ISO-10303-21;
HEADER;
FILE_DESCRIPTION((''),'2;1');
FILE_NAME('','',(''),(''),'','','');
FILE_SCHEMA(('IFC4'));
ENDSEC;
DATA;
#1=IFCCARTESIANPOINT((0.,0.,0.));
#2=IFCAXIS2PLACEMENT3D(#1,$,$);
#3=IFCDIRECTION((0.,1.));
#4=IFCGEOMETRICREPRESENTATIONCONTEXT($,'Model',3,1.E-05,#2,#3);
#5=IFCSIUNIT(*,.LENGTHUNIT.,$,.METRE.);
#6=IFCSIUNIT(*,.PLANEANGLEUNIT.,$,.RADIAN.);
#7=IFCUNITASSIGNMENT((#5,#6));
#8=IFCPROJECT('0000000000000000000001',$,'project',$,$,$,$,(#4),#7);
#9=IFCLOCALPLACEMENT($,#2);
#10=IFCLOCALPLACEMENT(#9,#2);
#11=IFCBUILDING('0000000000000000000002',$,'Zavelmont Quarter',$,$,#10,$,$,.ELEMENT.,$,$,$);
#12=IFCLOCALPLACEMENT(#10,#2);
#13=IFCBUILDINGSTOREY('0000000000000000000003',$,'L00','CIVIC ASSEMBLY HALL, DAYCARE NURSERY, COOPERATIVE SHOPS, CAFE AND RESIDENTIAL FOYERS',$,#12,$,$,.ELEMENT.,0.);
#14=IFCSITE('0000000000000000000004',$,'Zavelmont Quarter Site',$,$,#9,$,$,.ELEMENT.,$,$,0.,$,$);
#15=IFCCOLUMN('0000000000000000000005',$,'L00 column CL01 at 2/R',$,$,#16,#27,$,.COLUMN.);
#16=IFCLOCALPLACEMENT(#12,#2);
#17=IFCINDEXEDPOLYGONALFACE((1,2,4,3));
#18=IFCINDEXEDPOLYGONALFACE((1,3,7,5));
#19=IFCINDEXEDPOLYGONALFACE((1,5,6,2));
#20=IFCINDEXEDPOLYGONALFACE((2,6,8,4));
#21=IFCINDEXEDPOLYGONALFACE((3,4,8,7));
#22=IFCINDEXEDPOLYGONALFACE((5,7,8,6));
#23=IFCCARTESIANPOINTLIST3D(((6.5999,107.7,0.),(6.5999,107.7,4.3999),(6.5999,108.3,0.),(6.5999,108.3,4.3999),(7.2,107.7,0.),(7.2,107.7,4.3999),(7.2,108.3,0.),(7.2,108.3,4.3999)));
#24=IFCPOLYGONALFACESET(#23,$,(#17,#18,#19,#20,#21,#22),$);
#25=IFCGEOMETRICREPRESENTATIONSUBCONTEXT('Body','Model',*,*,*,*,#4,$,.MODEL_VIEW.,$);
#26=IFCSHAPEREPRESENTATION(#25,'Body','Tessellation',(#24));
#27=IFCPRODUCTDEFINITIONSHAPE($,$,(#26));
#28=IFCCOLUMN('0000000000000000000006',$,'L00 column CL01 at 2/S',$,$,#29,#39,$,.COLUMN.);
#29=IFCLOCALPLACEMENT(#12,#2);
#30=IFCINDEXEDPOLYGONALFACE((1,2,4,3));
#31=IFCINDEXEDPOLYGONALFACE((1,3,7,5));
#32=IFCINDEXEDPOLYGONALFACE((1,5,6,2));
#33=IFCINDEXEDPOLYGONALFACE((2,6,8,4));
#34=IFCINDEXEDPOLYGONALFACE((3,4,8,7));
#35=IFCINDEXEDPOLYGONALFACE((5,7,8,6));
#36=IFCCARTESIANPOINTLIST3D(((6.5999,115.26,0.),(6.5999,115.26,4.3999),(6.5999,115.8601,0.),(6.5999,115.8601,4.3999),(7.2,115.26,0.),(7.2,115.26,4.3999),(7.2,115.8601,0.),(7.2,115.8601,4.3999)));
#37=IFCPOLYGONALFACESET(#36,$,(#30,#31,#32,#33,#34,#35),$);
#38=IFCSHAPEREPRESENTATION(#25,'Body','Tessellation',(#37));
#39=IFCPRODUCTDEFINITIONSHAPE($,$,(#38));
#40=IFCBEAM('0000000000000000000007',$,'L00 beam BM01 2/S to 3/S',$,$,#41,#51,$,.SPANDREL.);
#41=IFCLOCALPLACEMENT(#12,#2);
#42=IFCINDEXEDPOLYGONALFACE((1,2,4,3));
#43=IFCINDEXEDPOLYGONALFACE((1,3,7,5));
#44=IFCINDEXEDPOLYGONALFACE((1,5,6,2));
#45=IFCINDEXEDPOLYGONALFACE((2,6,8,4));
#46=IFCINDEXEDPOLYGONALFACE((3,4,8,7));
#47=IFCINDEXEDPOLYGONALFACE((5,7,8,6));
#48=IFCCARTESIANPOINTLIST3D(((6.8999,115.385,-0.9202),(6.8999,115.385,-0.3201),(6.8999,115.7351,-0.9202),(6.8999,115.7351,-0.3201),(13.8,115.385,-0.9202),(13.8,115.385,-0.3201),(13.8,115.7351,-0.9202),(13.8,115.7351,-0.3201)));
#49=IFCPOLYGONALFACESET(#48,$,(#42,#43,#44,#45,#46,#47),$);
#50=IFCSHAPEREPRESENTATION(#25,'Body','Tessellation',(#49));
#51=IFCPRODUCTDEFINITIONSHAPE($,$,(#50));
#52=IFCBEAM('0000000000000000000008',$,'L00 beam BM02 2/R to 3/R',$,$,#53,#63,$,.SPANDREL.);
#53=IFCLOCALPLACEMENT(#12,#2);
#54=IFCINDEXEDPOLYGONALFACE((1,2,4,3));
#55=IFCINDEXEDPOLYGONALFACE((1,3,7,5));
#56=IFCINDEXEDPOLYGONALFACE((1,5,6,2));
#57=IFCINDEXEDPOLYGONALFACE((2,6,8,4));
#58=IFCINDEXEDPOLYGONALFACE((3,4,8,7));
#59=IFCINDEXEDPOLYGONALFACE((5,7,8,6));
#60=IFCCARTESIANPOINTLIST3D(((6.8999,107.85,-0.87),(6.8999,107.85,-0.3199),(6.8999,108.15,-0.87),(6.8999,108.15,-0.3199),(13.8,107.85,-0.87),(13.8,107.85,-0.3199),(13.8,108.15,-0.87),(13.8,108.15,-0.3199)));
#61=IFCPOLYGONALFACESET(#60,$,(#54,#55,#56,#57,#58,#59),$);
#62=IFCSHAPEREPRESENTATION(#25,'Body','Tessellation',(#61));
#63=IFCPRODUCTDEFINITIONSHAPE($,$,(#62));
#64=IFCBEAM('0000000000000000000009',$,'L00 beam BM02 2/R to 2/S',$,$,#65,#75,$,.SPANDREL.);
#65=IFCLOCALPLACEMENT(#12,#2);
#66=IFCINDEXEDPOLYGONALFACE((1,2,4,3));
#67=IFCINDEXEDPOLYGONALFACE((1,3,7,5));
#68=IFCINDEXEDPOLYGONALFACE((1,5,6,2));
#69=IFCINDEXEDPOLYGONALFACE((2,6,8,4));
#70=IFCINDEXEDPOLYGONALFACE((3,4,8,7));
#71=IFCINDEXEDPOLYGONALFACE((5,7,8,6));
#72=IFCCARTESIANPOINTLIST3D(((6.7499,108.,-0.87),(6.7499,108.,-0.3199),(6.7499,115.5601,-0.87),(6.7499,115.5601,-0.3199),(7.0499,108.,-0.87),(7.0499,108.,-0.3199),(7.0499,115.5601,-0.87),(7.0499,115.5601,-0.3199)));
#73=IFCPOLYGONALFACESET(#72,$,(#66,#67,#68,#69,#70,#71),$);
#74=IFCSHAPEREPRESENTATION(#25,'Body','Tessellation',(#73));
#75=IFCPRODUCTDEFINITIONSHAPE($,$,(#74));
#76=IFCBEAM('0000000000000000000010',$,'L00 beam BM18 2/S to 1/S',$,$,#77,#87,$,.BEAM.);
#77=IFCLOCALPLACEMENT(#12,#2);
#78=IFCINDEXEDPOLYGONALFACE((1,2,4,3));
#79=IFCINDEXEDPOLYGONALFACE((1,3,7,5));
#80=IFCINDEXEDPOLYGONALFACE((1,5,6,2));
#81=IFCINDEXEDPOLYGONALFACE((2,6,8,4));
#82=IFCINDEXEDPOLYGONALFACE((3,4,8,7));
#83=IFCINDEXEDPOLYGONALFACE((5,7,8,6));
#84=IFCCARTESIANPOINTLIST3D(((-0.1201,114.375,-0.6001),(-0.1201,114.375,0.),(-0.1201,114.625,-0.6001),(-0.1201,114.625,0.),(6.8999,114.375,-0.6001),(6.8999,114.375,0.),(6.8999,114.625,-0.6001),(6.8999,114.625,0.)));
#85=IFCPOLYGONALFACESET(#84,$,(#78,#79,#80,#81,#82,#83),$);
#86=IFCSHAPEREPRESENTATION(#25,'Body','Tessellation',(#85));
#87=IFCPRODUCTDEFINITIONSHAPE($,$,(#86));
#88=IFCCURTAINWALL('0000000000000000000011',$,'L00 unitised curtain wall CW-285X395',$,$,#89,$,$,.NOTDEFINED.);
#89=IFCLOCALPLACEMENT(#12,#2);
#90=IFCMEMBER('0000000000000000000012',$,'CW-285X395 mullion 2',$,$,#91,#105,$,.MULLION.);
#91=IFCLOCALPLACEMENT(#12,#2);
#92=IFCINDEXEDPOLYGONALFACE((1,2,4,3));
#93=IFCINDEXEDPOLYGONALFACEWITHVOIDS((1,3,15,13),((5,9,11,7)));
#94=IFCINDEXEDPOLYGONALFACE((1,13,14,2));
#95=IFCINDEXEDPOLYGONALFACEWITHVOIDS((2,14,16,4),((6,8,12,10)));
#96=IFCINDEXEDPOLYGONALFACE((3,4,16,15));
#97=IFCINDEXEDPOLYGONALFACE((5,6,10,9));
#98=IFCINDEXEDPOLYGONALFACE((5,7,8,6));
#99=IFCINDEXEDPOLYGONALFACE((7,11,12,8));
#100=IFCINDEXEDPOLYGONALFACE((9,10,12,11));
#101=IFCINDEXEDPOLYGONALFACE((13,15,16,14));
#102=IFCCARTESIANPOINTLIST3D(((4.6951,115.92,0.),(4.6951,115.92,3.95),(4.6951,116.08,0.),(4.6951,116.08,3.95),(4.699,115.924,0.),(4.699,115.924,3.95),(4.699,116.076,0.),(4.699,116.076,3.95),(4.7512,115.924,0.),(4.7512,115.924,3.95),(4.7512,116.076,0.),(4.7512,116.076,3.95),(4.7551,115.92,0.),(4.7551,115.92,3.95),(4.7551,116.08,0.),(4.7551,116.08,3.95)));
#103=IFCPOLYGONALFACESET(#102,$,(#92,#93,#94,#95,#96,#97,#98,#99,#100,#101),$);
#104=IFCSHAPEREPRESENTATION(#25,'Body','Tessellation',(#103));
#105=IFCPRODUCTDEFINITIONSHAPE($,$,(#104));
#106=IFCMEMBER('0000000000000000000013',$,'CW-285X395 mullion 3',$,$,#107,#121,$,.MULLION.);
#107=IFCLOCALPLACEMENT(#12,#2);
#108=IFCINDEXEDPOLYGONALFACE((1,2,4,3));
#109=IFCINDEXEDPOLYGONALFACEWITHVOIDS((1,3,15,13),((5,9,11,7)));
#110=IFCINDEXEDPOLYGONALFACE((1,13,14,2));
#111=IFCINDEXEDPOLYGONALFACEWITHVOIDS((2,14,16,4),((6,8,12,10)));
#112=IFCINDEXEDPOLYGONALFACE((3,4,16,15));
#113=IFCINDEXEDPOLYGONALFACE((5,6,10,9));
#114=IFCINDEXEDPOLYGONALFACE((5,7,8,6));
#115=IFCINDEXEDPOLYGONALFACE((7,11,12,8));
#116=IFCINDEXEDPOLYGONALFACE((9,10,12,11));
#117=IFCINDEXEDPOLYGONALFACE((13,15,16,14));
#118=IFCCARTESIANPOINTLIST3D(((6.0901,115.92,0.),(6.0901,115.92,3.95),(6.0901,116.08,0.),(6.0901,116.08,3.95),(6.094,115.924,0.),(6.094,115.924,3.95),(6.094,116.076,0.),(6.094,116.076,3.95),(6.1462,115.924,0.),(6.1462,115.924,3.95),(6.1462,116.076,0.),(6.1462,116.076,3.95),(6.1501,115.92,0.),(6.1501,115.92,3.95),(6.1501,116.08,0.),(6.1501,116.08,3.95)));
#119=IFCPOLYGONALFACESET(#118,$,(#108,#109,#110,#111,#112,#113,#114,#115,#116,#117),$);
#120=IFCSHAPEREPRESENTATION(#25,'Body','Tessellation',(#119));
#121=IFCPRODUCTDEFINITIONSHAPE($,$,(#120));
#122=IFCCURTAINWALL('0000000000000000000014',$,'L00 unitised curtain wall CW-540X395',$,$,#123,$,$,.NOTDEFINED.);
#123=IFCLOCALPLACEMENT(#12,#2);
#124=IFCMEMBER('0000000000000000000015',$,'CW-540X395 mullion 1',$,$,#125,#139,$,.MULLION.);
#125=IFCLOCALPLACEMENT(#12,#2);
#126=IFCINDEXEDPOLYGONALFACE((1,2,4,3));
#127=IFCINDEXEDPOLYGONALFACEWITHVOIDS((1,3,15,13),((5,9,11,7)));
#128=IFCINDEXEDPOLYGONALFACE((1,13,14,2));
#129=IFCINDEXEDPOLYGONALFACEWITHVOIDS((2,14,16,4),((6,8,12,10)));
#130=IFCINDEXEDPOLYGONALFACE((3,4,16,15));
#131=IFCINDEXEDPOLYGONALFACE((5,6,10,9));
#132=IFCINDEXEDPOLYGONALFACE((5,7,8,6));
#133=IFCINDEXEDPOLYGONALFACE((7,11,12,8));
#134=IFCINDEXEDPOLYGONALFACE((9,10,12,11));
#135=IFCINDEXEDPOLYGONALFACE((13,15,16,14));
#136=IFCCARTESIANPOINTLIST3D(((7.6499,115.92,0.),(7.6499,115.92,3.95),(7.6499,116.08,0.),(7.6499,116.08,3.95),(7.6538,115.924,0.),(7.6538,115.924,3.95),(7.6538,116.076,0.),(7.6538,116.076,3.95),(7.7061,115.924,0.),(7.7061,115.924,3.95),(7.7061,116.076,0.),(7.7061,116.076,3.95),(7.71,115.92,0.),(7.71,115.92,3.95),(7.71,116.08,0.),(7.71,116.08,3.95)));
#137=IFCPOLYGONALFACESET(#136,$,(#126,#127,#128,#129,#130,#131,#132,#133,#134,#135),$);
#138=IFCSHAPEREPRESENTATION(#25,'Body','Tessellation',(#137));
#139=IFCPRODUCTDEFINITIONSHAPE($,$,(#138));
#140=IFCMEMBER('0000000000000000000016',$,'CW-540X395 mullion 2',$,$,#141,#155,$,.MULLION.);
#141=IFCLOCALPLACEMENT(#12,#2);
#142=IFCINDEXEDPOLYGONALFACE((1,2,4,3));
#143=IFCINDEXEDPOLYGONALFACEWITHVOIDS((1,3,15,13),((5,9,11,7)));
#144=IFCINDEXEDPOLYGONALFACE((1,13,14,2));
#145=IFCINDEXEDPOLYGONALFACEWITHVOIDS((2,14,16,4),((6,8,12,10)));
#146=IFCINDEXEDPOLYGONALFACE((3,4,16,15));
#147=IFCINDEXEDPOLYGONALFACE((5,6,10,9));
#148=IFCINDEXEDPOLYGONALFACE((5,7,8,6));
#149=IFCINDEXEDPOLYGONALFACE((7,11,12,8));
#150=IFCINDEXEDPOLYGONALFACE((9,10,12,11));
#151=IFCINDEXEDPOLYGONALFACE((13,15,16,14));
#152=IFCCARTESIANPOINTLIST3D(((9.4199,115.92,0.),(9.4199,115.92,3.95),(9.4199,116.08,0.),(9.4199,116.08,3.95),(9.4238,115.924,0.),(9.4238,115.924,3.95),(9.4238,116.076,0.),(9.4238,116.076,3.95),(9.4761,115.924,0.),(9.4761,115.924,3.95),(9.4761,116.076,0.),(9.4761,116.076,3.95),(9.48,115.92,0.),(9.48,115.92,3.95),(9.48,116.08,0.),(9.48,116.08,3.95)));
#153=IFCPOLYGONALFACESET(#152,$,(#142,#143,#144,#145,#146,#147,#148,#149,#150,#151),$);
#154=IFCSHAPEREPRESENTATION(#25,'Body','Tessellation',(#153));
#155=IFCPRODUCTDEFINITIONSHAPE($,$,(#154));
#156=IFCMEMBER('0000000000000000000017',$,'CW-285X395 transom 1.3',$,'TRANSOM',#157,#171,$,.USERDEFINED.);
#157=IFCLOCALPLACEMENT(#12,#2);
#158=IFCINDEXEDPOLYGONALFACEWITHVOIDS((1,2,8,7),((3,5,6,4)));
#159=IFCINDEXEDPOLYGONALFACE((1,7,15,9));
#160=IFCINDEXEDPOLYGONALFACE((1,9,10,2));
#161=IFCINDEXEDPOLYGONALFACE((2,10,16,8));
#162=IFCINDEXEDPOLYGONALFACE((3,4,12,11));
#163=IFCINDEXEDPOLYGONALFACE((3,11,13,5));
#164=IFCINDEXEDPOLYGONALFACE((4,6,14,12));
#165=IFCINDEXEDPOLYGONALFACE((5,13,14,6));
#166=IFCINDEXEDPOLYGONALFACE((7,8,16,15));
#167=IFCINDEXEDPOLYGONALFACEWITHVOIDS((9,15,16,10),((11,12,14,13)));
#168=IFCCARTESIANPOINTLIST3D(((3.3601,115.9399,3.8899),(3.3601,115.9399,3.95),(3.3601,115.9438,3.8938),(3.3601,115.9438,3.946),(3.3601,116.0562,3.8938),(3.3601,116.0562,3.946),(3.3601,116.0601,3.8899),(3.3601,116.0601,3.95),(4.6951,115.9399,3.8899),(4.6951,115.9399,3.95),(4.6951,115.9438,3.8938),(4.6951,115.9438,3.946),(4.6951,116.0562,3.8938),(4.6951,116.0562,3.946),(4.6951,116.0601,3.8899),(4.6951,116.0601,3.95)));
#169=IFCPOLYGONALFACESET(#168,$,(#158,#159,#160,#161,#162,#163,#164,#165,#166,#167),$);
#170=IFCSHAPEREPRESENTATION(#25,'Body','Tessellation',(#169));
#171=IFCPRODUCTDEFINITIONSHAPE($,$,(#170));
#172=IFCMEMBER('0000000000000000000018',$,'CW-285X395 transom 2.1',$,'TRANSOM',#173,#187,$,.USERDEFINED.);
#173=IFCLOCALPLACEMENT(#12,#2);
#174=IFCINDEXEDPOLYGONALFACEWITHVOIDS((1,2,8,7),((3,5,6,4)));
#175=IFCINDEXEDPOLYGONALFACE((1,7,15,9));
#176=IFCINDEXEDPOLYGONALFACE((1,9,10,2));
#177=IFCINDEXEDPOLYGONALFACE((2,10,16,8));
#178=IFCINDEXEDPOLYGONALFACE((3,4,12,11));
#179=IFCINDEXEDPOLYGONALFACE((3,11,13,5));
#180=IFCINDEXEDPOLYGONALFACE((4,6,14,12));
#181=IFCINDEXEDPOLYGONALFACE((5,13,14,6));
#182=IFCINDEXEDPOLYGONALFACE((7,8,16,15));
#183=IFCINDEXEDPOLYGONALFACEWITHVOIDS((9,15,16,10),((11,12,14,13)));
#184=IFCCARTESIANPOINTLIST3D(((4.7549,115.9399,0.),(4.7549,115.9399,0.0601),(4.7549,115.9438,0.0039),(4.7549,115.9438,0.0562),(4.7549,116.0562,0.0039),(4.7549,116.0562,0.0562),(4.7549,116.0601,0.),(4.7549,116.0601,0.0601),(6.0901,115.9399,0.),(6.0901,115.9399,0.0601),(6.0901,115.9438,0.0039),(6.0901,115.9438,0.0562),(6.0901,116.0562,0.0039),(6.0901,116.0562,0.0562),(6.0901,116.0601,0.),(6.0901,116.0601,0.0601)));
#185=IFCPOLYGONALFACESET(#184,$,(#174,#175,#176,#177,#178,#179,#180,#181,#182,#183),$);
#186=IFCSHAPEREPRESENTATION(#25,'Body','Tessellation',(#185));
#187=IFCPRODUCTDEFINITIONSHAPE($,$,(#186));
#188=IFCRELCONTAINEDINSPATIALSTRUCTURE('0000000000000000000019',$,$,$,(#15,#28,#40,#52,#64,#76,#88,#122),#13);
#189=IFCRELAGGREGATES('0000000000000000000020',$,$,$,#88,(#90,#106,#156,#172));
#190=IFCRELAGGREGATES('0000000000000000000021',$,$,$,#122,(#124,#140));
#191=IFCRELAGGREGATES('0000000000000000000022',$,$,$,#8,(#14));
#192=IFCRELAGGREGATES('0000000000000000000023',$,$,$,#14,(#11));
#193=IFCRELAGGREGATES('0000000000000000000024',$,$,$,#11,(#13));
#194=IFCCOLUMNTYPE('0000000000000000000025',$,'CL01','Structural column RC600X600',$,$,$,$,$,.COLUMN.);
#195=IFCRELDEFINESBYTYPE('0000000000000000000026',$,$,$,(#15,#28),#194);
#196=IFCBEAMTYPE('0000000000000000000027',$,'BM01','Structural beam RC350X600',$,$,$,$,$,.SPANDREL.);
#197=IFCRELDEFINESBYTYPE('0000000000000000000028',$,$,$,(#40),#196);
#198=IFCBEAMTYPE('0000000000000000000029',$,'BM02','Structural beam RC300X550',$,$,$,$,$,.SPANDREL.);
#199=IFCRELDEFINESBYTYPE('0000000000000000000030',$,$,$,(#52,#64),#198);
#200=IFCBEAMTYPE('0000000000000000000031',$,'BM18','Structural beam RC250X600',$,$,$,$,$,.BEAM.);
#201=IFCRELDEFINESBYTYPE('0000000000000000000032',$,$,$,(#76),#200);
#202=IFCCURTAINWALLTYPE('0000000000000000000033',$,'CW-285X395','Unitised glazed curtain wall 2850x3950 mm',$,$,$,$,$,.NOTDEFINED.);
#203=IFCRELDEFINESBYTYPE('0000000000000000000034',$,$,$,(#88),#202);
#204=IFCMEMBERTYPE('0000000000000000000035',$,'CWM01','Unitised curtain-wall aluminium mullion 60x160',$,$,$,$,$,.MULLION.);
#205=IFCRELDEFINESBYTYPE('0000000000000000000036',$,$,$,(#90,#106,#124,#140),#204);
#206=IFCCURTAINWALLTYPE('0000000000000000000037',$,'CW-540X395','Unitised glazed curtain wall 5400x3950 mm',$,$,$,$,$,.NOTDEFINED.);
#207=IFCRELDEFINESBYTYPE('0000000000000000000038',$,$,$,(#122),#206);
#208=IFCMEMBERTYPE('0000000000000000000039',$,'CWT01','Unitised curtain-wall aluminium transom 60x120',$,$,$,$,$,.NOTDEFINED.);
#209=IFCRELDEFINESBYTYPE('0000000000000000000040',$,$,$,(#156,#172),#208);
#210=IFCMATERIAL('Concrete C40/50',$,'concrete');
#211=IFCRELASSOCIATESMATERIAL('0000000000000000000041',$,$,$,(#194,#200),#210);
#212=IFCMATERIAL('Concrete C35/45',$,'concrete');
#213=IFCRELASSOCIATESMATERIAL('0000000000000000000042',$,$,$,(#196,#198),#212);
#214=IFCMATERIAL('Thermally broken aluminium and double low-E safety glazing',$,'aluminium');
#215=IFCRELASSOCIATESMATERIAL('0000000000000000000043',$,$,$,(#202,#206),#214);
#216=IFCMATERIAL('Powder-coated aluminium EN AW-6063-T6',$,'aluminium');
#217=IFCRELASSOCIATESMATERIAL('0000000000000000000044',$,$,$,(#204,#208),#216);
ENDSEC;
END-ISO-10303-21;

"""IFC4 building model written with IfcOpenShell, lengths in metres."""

from ifc_helpers import new_model, si_unit, direction, frame, origin, origin_2d, place, context, subcontext, project, spatial, rectangle, hollow_rectangle, extrude, material, material_profile, profile_set, type_object, element, aggregate, save


model = new_model("IFC4")

# Units and contexts
model_context = context("Model", 3, precision=1e-05, world=origin(), true_north=direction((0.0, 1.0)))
body_context = subcontext(model_context, "Body", "Model", "MODEL_VIEW")
ifc_project = project(units=[si_unit("LENGTHUNIT", "METRE"), si_unit("PLANEANGLEUNIT", "RADIAN")], contexts=[model_context])

# Site, building, storey
site_placement = place(None, origin())
site = spatial("IfcSite", under=ifc_project, at=site_placement, Name="Zavelmont Quarter Site", CompositionType="ELEMENT", RefElevation=0.0)
building_placement = place(site_placement, origin())
building = spatial("IfcBuilding", under=site, at=building_placement, Name="Zavelmont Quarter", CompositionType="ELEMENT")
storey_placement = place(building_placement, origin())
storey = spatial("IfcBuildingStorey", under=building, at=storey_placement, Name="L00", Description="CIVIC ASSEMBLY HALL, DAYCARE NURSERY, COOPERATIVE SHOPS, CAFE AND RESIDENTIAL FOYERS", CompositionType="ELEMENT", Elevation=0.0)

# Columns
ifc_material_1 = material(Name="Concrete C40/50", Category="concrete")
ifc_material_profile_1 = material_profile(ifc_material_1, rectangle(XDim=0.6001, YDim=0.6001, at=origin_2d()), Name="RC600X600")
ifc_profile_set_1 = profile_set([ifc_material_profile_1], Name="Concrete C40/50")
column_type = type_object("IfcColumnType", Name="CL01", Description="Structural column RC600X600", PredefinedType="COLUMN", material=ifc_profile_set_1)
for number, where, z_axis, x_axis, name in (
    (1, (6.8999, 108.0, 0.0), (0.0, 0.0, 1.0), (1.0, 0.0, 0.0), "L00 column CL01 at 2/R"),
    (2, (6.8999, 115.5601, 0.0), (0.0, 0.0, 1.0), (1.0, 0.0, 0.0), "L00 column CL01 at 2/S"),
):
    element("IfcColumn", number, at=place(storey_placement, frame(where, z_axis=z_axis, x_axis=x_axis)), inside=storey, type_object=column_type, Name=name, PredefinedType="COLUMN", context=body_context, shape_type="SweptSolid", body=[
        extrude(rectangle(XDim=0.6001, YDim=0.6001, at=origin_2d()), origin(), (0.0, 0.0, 1.0), 4.3999),
    ])

# Beams
ifc_material_2 = material(Name="Concrete C35/45", Category="concrete")
ifc_material_profile_2 = material_profile(ifc_material_2, rectangle(XDim=0.3501, YDim=0.6001, at=origin_2d()), Name="RC350X600")
ifc_profile_set_2 = profile_set([ifc_material_profile_2], Name="Concrete C35/45")
beam_type_1 = type_object("IfcBeamType", Name="BM01", Description="Structural beam RC350X600", PredefinedType="SPANDREL", material=ifc_profile_set_2)
beam_1_placement = place(storey_placement, frame((6.8999, 115.5601, -0.6201), z_axis=(1.0, 0.0, 0.0), x_axis=(0.0, 1.0, 0.0)))
element("IfcBeam", 3, at=beam_1_placement, inside=storey, type_object=beam_type_1, Name="L00 beam BM01 2/S to 3/S", PredefinedType="SPANDREL", context=body_context, shape_type="SweptSolid", body=[
    extrude(rectangle(XDim=0.3501, YDim=0.6001, at=origin_2d()), origin(), (0.0, 0.0, 1.0), 6.9001),
])
ifc_material_profile_3 = material_profile(ifc_material_2, rectangle(XDim=0.3, YDim=0.55, at=origin_2d()), Name="RC300X550")
ifc_profile_set_3 = profile_set([ifc_material_profile_3], Name="Concrete C35/45")
beam_type_2 = type_object("IfcBeamType", Name="BM02", Description="Structural beam RC300X550", PredefinedType="SPANDREL", material=ifc_profile_set_3)
beam_2_placement = place(storey_placement, frame((6.8999, 108.0, -0.595), z_axis=(1.0, 0.0, 0.0), x_axis=(0.0, 1.0, 0.0)))
element("IfcBeam", 4, at=beam_2_placement, inside=storey, type_object=beam_type_2, Name="L00 beam BM02 2/R to 3/R", PredefinedType="SPANDREL", context=body_context, shape_type="SweptSolid", body=[
    extrude(rectangle(XDim=0.3, YDim=0.55, at=origin_2d()), origin(), (0.0, 0.0, 1.0), 6.9001),
])
beam_3_placement = place(storey_placement, frame((6.8999, 108.0, -0.595), z_axis=(0.0, 1.0, 0.0), x_axis=(-1.0, 0.0, 0.0)))
element("IfcBeam", 5, at=beam_3_placement, inside=storey, type_object=beam_type_2, Name="L00 beam BM02 2/R to 2/S", PredefinedType="SPANDREL", context=body_context, shape_type="SweptSolid", body=[
    extrude(rectangle(XDim=0.3, YDim=0.55, at=origin_2d()), origin(), (0.0, 0.0, 1.0), 7.5601),
])
ifc_material_profile_4 = material_profile(ifc_material_1, rectangle(XDim=0.25, YDim=0.6001, at=origin_2d()), Name="RC250X600")
ifc_profile_set_4 = profile_set([ifc_material_profile_4], Name="Concrete C40/50")
beam_type_3 = type_object("IfcBeamType", Name="BM18", Description="Structural beam RC250X600", PredefinedType="BEAM", material=ifc_profile_set_4)
beam_4_placement = place(storey_placement, frame((6.8999, 114.5, -0.3), z_axis=(-1.0, 0.0, 0.0), x_axis=(0.0, -1.0, 0.0)))
element("IfcBeam", 6, at=beam_4_placement, inside=storey, type_object=beam_type_3, Name="L00 beam BM18 2/S to 1/S", PredefinedType="BEAM", context=body_context, shape_type="SweptSolid", body=[
    extrude(rectangle(XDim=0.25, YDim=0.6001, at=origin_2d()), origin(), (0.0, 0.0, 1.0), 7.02),
])

# Curtain walls, members
ifc_material_3 = material(Name="Thermally broken aluminium and double low-E safety glazing", Category="aluminium")
curtain_wall_type_1 = type_object("IfcCurtainWallType", Name="CW-285X395", Description="Unitised glazed curtain wall 2850x3950 mm", PredefinedType="NOTDEFINED", material=ifc_material_3)
curtain_wall_1_placement = place(storey_placement, origin())
curtain_wall_1 = element("IfcCurtainWall", 7, at=curtain_wall_1_placement, inside=storey, type_object=curtain_wall_type_1, Name="L00 unitised curtain wall CW-285X395", PredefinedType="NOTDEFINED")
ifc_material_4 = material(Name="Powder-coated aluminium EN AW-6063-T6", Category="aluminium")
ifc_material_profile_5 = material_profile(ifc_material_4, hollow_rectangle(XDim=0.0601, YDim=0.1599, WallThickness=0.0039, at=origin_2d()), Name="CWM60X160")
ifc_profile_set_5 = profile_set([ifc_material_profile_5], Name="Powder-coated aluminium EN AW-6063-T6")
member_type_1 = type_object("IfcMemberType", Name="CWM01", Description="Unitised curtain-wall aluminium mullion 60x160", PredefinedType="MULLION", material=ifc_profile_set_5)
member_1_placement = place(storey_placement, frame((4.7251, 116.0, 0.0), z_axis=(0.0, 0.0, 1.0), x_axis=(1.0, 0.0, 0.0)))
member_1 = element("IfcMember", 8, at=member_1_placement, type_object=member_type_1, Name="CW-285X395 mullion 2", PredefinedType="MULLION", context=body_context, shape_type="SweptSolid", body=[
    extrude(hollow_rectangle(XDim=0.0601, YDim=0.1599, WallThickness=0.0039, at=origin_2d()), origin(), (0.0, 0.0, 1.0), 3.95),
])
member_2_placement = place(storey_placement, frame((6.1201, 116.0, 0.0), z_axis=(0.0, 0.0, 1.0), x_axis=(1.0, 0.0, 0.0)))
member_2 = element("IfcMember", 9, at=member_2_placement, type_object=member_type_1, Name="CW-285X395 mullion 3", PredefinedType="MULLION", context=body_context, shape_type="SweptSolid", body=[
    extrude(hollow_rectangle(XDim=0.0601, YDim=0.1599, WallThickness=0.0039, at=origin_2d()), origin(), (0.0, 0.0, 1.0), 3.95),
])
curtain_wall_type_2 = type_object("IfcCurtainWallType", Name="CW-540X395", Description="Unitised glazed curtain wall 5400x3950 mm", PredefinedType="NOTDEFINED", material=ifc_material_3)
curtain_wall_2_placement = place(storey_placement, origin())
curtain_wall_2 = element("IfcCurtainWall", 10, at=curtain_wall_2_placement, inside=storey, type_object=curtain_wall_type_2, Name="L00 unitised curtain wall CW-540X395", PredefinedType="NOTDEFINED")
member_3_placement = place(storey_placement, frame((7.6799, 116.0, 0.0), z_axis=(0.0, 0.0, 1.0), x_axis=(1.0, 0.0, 0.0)))
member_3 = element("IfcMember", 11, at=member_3_placement, type_object=member_type_1, Name="CW-540X395 mullion 1", PredefinedType="MULLION", context=body_context, shape_type="SweptSolid", body=[
    extrude(hollow_rectangle(XDim=0.0601, YDim=0.1599, WallThickness=0.0039, at=origin_2d()), origin(), (0.0, 0.0, 1.0), 3.95),
])
member_4_placement = place(storey_placement, frame((9.45, 116.0, 0.0), z_axis=(0.0, 0.0, 1.0), x_axis=(1.0, 0.0, 0.0)))
member_4 = element("IfcMember", 12, at=member_4_placement, type_object=member_type_1, Name="CW-540X395 mullion 2", PredefinedType="MULLION", context=body_context, shape_type="SweptSolid", body=[
    extrude(hollow_rectangle(XDim=0.0601, YDim=0.1599, WallThickness=0.0039, at=origin_2d()), origin(), (0.0, 0.0, 1.0), 3.95),
])

# Members
ifc_material_profile_6 = material_profile(ifc_material_4, hollow_rectangle(XDim=0.1201, YDim=0.0601, WallThickness=0.0039, at=origin_2d()), Name="CWT60X120")
ifc_profile_set_6 = profile_set([ifc_material_profile_6], Name="Powder-coated aluminium EN AW-6063-T6")
member_type_2 = type_object("IfcMemberType", Name="CWT01", Description="Unitised curtain-wall aluminium transom 60x120", PredefinedType="NOTDEFINED", material=ifc_profile_set_6)
member_5_placement = place(storey_placement, frame((3.3601, 116.0, 3.9199), z_axis=(1.0, 0.0, 0.0), x_axis=(0.0, 1.0, 0.0)))
member_5 = element("IfcMember", 13, at=member_5_placement, type_object=member_type_2, Name="CW-285X395 transom 1.3", ObjectType="TRANSOM", PredefinedType="USERDEFINED", context=body_context, shape_type="SweptSolid", body=[
    extrude(hollow_rectangle(XDim=0.1201, YDim=0.0601, WallThickness=0.0039, at=origin_2d()), origin(), (0.0, 0.0, 1.0), 1.335),
])
member_6_placement = place(storey_placement, frame((4.7549, 116.0, 0.03), z_axis=(1.0, 0.0, 0.0), x_axis=(0.0, 1.0, 0.0)))
member_6 = element("IfcMember", 14, at=member_6_placement, type_object=member_type_2, Name="CW-285X395 transom 2.1", ObjectType="TRANSOM", PredefinedType="USERDEFINED", context=body_context, shape_type="SweptSolid", body=[
    extrude(hollow_rectangle(XDim=0.1201, YDim=0.0601, WallThickness=0.0039, at=origin_2d()), origin(), (0.0, 0.0, 1.0), 1.3352),
])

aggregate(curtain_wall_1, [member_1, member_2, member_5, member_6])
aggregate(curtain_wall_2, [member_3, member_4])

save(model, "model.ifc")
